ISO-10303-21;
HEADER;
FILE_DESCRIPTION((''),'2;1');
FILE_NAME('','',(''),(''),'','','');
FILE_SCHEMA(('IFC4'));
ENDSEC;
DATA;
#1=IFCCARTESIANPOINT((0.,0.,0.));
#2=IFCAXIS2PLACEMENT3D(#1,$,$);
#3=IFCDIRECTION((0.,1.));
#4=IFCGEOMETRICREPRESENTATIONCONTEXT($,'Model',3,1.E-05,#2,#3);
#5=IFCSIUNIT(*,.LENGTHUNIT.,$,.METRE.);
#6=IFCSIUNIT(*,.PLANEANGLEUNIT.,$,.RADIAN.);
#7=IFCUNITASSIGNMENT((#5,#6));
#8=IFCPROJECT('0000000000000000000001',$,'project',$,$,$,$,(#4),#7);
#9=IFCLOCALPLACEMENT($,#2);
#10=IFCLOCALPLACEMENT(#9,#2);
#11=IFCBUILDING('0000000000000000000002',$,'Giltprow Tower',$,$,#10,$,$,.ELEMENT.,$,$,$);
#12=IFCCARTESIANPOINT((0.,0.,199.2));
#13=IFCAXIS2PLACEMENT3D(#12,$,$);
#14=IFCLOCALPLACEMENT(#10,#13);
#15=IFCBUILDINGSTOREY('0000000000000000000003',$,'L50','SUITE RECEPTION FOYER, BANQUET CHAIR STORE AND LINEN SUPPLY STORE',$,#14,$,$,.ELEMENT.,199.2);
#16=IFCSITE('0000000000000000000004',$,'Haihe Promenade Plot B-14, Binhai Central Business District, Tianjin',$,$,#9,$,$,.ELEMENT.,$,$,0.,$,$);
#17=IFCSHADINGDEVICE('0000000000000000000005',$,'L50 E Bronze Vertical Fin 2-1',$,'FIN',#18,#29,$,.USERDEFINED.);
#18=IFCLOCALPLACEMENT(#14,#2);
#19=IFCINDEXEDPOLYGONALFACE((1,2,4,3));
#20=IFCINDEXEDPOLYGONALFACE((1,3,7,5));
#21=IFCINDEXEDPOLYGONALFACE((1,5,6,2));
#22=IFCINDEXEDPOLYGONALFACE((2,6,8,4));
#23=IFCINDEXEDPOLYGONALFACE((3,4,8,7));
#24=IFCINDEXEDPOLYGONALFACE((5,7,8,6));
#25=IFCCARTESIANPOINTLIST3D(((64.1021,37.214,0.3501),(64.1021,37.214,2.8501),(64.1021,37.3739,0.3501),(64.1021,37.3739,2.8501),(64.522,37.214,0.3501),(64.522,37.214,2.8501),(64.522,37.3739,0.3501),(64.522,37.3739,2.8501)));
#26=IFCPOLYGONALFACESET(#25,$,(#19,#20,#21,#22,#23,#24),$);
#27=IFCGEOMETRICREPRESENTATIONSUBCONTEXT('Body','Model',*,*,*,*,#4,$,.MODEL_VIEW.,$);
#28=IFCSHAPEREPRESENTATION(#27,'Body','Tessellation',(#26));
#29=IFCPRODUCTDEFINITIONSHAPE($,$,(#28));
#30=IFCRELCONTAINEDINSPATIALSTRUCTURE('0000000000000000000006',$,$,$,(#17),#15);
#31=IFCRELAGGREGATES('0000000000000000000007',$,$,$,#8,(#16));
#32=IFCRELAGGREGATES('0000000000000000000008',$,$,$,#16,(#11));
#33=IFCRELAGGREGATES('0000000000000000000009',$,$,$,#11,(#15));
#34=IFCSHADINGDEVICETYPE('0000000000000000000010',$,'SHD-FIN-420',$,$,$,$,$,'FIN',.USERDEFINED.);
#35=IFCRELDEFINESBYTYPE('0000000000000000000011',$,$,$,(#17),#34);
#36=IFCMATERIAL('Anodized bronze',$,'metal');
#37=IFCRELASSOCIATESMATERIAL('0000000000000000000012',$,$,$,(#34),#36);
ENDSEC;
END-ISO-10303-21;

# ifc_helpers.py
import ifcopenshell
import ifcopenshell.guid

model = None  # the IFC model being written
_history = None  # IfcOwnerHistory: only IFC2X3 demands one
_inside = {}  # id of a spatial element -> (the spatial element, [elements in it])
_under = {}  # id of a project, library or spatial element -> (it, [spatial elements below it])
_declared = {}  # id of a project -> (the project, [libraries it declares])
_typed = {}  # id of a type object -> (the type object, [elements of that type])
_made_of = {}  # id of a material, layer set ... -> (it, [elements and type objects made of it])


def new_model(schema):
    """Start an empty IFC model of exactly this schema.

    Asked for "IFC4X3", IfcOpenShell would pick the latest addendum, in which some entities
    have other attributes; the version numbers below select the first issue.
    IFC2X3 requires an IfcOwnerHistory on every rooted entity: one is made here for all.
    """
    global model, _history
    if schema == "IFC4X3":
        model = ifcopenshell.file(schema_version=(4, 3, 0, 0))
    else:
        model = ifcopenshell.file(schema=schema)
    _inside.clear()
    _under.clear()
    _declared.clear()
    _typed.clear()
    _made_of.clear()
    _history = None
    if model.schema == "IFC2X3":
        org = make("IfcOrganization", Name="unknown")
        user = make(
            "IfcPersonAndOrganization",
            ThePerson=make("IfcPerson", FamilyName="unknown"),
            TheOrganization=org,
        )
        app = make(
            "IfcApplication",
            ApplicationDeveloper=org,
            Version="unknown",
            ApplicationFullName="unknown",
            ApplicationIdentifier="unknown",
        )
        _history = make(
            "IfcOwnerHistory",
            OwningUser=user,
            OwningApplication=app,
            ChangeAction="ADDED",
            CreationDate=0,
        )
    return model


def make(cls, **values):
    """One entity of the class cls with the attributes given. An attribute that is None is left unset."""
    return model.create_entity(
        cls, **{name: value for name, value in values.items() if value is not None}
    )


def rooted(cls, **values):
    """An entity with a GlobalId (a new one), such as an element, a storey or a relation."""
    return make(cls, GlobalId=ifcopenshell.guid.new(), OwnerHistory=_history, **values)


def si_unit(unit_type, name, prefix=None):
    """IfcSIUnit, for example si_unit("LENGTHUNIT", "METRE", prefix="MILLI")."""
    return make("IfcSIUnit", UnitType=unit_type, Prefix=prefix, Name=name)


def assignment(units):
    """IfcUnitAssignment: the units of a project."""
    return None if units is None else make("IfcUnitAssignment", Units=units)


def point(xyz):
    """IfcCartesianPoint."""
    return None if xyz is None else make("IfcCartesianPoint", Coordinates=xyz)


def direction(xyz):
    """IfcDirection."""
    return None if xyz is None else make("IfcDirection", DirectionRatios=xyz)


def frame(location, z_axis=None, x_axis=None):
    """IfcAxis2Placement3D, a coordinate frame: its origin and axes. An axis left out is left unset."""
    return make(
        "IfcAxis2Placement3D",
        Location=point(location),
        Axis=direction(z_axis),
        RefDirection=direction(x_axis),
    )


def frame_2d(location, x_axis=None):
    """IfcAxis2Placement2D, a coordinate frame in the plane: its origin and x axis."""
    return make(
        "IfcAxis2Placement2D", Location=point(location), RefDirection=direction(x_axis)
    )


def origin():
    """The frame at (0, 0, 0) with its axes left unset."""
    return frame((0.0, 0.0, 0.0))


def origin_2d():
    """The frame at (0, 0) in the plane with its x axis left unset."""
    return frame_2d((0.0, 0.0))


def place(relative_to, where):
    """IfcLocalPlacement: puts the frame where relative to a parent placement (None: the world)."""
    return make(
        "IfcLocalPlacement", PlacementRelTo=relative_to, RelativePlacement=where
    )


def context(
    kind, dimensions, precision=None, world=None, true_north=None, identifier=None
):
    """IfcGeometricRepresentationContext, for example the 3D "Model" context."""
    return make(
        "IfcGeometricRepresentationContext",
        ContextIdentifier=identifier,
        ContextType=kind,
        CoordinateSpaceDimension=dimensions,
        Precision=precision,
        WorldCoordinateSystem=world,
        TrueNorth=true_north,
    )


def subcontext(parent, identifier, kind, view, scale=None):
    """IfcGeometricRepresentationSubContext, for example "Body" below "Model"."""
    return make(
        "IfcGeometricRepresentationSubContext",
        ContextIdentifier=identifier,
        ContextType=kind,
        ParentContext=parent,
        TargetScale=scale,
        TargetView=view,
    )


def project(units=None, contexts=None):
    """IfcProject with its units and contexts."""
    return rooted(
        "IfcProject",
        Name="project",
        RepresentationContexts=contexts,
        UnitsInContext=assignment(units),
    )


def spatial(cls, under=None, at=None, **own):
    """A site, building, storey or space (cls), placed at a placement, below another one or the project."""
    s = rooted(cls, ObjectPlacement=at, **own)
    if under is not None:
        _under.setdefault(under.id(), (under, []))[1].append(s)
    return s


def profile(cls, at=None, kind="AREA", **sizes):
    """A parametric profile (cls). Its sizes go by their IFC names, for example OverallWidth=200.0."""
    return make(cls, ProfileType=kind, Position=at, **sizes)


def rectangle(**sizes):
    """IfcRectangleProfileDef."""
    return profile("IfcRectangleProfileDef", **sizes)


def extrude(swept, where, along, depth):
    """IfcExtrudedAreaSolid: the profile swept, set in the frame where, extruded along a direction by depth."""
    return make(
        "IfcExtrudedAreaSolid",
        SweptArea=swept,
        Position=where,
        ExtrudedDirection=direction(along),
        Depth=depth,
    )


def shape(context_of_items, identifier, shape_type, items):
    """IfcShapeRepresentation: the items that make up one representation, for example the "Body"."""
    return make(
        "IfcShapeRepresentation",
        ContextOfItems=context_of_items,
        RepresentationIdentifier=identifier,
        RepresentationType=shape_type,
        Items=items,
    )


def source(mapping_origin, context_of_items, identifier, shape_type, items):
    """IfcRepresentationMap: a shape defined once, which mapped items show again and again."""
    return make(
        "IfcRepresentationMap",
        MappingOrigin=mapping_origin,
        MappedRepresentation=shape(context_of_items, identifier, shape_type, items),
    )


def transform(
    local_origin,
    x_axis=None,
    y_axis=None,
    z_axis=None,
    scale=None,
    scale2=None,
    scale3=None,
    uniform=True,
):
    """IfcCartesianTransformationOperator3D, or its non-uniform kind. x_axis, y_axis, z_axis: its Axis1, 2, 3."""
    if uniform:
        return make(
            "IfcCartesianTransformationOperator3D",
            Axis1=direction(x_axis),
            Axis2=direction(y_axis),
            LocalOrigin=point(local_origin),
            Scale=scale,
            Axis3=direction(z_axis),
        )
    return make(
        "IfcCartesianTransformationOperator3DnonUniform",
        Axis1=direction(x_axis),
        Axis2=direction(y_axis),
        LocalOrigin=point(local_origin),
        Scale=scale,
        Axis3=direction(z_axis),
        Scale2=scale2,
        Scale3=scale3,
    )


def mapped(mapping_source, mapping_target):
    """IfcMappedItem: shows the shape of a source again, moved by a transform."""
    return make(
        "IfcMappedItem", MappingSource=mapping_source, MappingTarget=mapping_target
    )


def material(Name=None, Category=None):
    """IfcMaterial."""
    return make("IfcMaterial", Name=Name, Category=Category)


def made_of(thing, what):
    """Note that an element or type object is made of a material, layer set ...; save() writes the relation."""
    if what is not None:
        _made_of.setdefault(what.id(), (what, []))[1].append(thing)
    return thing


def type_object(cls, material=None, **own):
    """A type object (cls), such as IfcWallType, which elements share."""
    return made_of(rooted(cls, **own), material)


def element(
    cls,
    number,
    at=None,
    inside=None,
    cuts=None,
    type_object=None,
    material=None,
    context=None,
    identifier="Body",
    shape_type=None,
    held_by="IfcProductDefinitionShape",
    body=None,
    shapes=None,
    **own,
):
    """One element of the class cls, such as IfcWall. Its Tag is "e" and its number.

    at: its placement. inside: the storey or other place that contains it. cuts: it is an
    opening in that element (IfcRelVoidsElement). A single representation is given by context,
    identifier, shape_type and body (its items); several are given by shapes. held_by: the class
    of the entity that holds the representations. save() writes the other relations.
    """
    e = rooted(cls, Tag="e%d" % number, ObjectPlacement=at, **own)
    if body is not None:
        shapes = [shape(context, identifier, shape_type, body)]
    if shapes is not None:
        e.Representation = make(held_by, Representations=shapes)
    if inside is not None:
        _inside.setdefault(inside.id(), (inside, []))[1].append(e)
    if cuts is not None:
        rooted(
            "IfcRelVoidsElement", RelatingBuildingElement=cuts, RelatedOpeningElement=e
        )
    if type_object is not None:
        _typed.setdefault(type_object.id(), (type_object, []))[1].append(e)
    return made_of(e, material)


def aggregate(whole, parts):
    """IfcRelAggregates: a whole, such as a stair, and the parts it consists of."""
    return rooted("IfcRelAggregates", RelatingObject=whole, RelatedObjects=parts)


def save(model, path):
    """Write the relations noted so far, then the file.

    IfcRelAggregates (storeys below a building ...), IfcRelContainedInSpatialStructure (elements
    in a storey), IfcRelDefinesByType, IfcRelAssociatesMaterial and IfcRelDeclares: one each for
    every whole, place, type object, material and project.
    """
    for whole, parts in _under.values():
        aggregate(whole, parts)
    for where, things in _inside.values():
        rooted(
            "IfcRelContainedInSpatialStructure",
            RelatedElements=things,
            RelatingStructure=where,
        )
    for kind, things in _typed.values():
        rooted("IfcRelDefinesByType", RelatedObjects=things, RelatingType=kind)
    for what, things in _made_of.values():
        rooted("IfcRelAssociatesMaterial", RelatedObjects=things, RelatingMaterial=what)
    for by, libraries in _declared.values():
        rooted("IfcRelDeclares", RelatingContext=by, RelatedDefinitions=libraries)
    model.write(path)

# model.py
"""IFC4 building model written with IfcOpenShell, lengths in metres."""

from ifc_helpers import new_model, si_unit, direction, frame, origin, origin_2d, place, context, subcontext, project, spatial, rectangle, extrude, source, transform, mapped, material, type_object, element, save


model = new_model("IFC4")

# Units and contexts
model_context = context("Model", 3, precision=1e-05, world=origin(), true_north=direction((0.0, 1.0)))
body_context = subcontext(model_context, "Body", "Model", "MODEL_VIEW")
ifc_project = project(units=[si_unit("LENGTHUNIT", "METRE"), si_unit("PLANEANGLEUNIT", "RADIAN")], contexts=[model_context])

# Site, building, storey
site_placement = place(None, origin())
site = spatial("IfcSite", under=ifc_project, at=site_placement, Name="Haihe Promenade Plot B-14, Binhai Central Business District, Tianjin", CompositionType="ELEMENT", RefElevation=0.0)
building_placement = place(site_placement, origin())
building = spatial("IfcBuilding", under=site, at=building_placement, Name="Giltprow Tower", CompositionType="ELEMENT")
storey_placement = place(building_placement, frame((0.0, 0.0, 199.2)))
storey = spatial("IfcBuildingStorey", under=building, at=storey_placement, Name="L50", Description="SUITE RECEPTION FOYER, BANQUET CHAIR STORE AND LINEN SUPPLY STORE", CompositionType="ELEMENT", Elevation=199.2)

# Shared definitions
ifc_material_1 = material(Name="Anodized bronze", Category="metal")

# Shading device
shading_device_type = type_object("IfcShadingDeviceType", Name="SHD-FIN-420", ElementType="FIN", PredefinedType="USERDEFINED", material=ifc_material_1)
shared_shape_1 = source(origin(), body_context, "Body", "SweptSolid", [
    extrude(rectangle(XDim=0.4199, YDim=0.1599, at=origin_2d()), origin(), (0.0, 0.0, 1.0), 2.5),
])
shading_device_placement = place(storey_placement, frame((64.312, 37.2939, 0.3501), z_axis=(0.0, 0.0, 1.0), x_axis=(1.0, 0.0, 0.0)))
element("IfcShadingDevice", 1, at=shading_device_placement, inside=storey, type_object=shading_device_type, Name="L50 E Bronze Vertical Fin 2-1", ObjectType="FIN", PredefinedType="USERDEFINED", context=body_context, shape_type="MappedRepresentation", body=[
    mapped(shared_shape_1, transform((0.0, 0.0, 0.0), x_axis=(1.0, 0.0, 0.0), y_axis=(0.0, 1.0, 0.0), z_axis=(0.0, 0.0, 1.0), scale=1.0)),
])

save(model, "model.ifc")
